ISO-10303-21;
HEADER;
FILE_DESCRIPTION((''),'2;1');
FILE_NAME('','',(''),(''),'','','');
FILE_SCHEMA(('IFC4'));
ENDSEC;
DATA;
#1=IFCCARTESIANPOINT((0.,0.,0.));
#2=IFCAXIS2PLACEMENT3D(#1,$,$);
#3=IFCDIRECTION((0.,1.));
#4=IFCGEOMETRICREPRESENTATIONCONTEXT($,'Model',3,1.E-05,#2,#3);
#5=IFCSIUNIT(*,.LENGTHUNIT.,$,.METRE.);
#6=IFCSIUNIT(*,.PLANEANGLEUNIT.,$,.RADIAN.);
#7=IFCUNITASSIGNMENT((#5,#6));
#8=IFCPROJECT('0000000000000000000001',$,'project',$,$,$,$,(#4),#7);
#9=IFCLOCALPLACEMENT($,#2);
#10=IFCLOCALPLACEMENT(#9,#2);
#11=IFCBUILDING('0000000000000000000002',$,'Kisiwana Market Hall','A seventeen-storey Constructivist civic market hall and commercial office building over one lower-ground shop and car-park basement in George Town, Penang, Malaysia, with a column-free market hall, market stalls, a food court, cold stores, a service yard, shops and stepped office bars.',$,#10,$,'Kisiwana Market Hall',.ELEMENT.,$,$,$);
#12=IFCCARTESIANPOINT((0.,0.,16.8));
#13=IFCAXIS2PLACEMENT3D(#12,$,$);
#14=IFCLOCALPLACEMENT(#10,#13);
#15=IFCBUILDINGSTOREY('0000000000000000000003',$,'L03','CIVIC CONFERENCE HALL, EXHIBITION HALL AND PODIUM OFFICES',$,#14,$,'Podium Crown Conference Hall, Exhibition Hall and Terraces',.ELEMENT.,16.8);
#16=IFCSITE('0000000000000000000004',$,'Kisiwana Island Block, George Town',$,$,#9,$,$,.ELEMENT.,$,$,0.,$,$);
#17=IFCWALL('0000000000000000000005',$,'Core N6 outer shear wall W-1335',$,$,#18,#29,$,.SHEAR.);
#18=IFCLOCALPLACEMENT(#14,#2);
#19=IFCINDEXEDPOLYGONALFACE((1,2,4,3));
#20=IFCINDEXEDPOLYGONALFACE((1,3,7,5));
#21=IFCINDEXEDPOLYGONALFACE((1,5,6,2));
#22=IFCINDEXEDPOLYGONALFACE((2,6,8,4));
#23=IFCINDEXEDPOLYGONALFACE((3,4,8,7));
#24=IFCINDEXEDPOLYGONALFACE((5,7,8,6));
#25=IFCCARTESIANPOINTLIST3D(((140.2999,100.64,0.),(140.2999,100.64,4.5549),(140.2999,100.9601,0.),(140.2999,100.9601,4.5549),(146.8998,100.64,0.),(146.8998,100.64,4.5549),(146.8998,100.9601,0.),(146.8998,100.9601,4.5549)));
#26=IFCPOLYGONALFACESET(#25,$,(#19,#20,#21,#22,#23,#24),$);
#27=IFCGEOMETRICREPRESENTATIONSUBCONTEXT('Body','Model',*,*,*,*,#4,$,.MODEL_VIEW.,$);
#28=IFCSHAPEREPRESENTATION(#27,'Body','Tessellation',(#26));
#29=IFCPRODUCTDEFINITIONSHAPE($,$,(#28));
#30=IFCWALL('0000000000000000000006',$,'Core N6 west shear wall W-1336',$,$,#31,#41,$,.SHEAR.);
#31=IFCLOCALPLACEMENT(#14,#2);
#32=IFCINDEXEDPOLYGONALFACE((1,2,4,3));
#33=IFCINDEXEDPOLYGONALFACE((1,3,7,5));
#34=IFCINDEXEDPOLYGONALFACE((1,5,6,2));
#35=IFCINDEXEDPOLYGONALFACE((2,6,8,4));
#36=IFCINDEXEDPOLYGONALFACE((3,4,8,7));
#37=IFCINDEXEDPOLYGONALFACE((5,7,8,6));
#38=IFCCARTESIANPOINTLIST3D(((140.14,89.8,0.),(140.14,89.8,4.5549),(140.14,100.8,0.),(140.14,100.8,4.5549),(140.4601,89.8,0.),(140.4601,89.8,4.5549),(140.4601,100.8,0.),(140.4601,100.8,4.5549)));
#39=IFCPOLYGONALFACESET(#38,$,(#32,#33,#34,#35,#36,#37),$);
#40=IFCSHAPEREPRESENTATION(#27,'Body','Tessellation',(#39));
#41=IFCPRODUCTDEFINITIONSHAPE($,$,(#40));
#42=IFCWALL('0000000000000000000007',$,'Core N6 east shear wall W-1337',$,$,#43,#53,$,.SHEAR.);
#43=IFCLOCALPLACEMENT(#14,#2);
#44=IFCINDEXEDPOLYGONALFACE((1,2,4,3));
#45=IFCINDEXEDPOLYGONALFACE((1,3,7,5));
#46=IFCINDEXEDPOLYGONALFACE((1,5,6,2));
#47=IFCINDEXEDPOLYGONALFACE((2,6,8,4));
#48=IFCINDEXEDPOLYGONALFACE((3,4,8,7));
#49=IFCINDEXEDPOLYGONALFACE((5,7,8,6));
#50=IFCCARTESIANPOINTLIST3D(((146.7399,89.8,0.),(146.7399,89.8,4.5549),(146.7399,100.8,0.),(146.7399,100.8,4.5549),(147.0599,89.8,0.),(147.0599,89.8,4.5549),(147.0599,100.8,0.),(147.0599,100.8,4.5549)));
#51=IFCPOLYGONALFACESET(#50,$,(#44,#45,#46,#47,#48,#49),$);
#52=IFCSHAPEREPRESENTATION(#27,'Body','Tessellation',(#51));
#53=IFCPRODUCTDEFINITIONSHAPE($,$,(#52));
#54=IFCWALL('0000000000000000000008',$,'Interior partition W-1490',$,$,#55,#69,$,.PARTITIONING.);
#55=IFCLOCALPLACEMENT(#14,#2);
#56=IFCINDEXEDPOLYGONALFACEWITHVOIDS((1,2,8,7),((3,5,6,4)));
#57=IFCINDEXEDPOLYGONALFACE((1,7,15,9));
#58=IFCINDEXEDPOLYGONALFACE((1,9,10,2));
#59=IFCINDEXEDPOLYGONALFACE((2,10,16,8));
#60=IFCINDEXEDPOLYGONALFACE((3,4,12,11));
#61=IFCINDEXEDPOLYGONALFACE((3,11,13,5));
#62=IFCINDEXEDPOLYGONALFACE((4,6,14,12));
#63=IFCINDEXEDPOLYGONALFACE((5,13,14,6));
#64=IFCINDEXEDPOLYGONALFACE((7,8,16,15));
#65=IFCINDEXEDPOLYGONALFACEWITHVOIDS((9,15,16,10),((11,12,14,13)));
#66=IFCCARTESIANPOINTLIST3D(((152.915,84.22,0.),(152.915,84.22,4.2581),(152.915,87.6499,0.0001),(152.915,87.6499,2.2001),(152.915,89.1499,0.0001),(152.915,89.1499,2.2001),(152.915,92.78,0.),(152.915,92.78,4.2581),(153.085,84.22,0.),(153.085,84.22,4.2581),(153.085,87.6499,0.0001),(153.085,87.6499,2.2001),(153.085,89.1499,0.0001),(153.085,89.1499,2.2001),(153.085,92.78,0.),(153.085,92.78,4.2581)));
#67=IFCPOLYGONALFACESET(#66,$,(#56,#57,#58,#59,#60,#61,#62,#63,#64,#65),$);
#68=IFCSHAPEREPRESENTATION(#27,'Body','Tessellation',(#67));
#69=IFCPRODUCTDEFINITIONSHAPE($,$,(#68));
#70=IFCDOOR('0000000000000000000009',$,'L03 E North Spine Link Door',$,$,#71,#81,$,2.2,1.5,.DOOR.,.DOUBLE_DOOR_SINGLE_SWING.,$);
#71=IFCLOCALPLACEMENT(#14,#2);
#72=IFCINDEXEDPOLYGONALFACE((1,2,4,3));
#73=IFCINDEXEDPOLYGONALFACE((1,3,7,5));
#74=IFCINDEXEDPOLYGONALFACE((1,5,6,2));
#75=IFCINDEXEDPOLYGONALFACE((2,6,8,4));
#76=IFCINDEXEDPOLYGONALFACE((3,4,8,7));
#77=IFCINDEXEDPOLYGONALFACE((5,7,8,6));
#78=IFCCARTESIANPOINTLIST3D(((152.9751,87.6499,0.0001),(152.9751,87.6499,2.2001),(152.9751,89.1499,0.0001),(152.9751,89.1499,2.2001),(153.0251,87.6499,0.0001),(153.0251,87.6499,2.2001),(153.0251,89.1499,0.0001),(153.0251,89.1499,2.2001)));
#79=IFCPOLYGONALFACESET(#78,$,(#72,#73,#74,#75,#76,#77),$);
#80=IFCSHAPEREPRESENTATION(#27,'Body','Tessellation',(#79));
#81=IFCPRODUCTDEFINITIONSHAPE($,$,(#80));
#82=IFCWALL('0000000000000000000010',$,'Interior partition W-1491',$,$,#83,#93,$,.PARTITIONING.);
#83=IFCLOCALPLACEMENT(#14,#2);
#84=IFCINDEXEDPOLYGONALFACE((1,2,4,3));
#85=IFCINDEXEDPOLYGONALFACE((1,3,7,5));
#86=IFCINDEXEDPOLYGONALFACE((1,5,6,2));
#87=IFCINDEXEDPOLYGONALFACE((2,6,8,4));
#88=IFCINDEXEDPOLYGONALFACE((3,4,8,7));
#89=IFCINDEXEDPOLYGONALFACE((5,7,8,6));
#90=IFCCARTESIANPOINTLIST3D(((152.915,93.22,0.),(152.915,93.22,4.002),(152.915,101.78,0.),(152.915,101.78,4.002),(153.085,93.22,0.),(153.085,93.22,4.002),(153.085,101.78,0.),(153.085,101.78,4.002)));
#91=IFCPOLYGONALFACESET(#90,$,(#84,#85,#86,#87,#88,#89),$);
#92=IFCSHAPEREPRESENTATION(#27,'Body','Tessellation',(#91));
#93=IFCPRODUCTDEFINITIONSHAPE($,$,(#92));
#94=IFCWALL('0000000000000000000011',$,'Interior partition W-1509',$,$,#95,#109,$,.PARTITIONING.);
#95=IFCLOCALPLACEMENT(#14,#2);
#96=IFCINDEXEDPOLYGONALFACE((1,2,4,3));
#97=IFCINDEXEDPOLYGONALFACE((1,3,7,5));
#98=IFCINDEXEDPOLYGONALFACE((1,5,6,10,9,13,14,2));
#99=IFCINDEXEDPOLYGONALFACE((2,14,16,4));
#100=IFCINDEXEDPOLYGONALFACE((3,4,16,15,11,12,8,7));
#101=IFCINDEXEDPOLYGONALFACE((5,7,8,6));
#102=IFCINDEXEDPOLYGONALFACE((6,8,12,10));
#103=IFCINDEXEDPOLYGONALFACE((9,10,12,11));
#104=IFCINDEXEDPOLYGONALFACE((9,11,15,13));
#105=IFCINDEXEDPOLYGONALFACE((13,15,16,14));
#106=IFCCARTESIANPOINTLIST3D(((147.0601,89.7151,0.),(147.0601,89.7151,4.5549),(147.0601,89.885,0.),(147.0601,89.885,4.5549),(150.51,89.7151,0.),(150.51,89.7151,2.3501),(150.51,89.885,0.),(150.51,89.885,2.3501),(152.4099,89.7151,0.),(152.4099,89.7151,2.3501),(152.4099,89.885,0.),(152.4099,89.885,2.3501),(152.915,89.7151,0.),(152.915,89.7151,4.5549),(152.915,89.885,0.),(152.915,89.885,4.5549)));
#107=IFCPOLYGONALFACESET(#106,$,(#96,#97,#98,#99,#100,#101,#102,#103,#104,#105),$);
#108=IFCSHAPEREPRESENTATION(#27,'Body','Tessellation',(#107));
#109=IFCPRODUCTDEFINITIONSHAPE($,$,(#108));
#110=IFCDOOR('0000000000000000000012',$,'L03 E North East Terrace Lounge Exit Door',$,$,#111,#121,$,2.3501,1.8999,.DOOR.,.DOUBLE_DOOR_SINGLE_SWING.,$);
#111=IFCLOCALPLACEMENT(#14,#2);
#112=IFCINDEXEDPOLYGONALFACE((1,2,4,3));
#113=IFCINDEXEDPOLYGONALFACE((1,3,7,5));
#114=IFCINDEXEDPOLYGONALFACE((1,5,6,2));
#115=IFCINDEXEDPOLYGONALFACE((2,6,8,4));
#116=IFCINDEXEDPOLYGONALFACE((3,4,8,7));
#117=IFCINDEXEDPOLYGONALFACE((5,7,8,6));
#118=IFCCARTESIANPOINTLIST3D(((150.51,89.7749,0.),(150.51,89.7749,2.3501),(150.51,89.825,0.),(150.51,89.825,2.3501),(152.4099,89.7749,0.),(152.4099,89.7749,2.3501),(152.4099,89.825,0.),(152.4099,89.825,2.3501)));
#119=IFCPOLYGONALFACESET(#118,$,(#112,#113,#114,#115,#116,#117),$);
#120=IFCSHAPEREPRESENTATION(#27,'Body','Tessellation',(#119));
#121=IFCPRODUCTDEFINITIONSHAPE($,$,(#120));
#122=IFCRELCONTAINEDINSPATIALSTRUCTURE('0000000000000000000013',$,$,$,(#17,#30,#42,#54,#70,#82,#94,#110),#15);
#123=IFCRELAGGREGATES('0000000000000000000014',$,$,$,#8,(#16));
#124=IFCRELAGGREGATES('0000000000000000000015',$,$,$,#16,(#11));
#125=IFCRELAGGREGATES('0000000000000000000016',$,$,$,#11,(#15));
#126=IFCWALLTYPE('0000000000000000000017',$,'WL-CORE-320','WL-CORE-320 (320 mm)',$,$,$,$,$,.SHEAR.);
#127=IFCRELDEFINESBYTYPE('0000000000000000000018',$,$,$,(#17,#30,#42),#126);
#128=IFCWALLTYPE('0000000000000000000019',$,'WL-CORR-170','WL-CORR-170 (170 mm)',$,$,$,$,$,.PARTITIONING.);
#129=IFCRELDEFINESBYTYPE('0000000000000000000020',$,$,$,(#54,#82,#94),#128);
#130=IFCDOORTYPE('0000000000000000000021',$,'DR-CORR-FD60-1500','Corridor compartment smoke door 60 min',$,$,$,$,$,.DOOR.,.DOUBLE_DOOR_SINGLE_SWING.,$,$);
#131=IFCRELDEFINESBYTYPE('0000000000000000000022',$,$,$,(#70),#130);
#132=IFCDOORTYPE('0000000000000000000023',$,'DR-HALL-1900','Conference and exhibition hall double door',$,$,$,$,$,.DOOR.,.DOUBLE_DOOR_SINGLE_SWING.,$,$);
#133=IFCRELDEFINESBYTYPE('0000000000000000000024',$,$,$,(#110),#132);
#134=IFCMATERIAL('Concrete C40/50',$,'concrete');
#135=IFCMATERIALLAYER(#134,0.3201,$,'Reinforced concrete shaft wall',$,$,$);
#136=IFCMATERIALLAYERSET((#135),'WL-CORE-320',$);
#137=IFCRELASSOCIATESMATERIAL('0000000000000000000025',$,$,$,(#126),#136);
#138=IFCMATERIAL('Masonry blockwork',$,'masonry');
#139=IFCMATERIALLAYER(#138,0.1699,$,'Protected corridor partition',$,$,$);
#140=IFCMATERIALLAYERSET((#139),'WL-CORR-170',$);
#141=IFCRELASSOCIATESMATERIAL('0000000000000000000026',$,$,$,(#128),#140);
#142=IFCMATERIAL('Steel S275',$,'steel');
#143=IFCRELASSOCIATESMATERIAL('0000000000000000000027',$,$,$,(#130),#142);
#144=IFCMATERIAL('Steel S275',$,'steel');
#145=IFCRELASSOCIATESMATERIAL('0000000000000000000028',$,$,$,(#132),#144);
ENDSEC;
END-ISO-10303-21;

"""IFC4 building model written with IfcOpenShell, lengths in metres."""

from ifc_helpers import new_model, si_unit, direction, frame, frame_2d, origin, place, context, subcontext, project, spatial, rectangle, extrude, material, layer, layer_set, type_object, element, fill, save


model = new_model("IFC4")

# Units and contexts
model_context = context("Model", 3, precision=1e-05, world=origin(), true_north=direction((0.0, 1.0)))
body_context = subcontext(model_context, "Body", "Model", "MODEL_VIEW")
ifc_project = project(units=[si_unit("LENGTHUNIT", "METRE"), si_unit("PLANEANGLEUNIT", "RADIAN")], contexts=[model_context])

# Site, building, storey
site_placement = place(None, origin())
site = spatial("IfcSite", under=ifc_project, at=site_placement, Name="Kisiwana Island Block, George Town", CompositionType="ELEMENT", RefElevation=0.0)
building_placement = place(site_placement, origin())
building = spatial("IfcBuilding", under=site, at=building_placement, Name="Kisiwana Market Hall", Description="A seventeen-storey Constructivist civic market hall and commercial office building over one lower-ground shop and car-park basement in George Town, Penang, Malaysia, with a column-free market hall, market stalls, a food court, cold stores, a service yard, shops and stepped office bars.", LongName="Kisiwana Market Hall", CompositionType="ELEMENT")
storey_placement = place(building_placement, frame((0.0, 0.0, 16.8)))
storey = spatial("IfcBuildingStorey", under=building, at=storey_placement, Name="L03", Description="CIVIC CONFERENCE HALL, EXHIBITION HALL AND PODIUM OFFICES", LongName="Podium Crown Conference Hall, Exhibition Hall and Terraces", CompositionType="ELEMENT", Elevation=16.8)

# Shared definitions
ifc_material_1 = material(Name="Concrete C40/50", Category="concrete")
ifc_layer_1 = layer(ifc_material_1, 0.3201, Name="Reinforced concrete shaft wall")
ifc_layer_set_1 = layer_set([ifc_layer_1], Name="WL-CORE-320")
wall_type_1 = type_object("IfcWallType", Name="WL-CORE-320", Description="WL-CORE-320 (320 mm)", PredefinedType="SHEAR", material=ifc_layer_set_1)

# Walls
wall_1_placement = place(storey_placement, frame((140.3, 100.8, 0.0), z_axis=(0.0, 0.0, 1.0), x_axis=(1.0, 0.0, 0.0)))
element("IfcWall", 1, at=wall_1_placement, inside=storey, type_object=wall_type_1, Name="Core N6 outer shear wall W-1335", PredefinedType="SHEAR", context=body_context, shape_type="SweptSolid", body=[
    extrude(rectangle(XDim=6.5999, YDim=0.3201, at=frame_2d((3.2998, 0.0))), origin(), (0.0, 0.0, 1.0), 4.5549),
])
for number, where, z_axis, x_axis, name in (
    (2, (140.3, 89.8, 0.0), (0.0, 0.0, 1.0), (0.0, 1.0, 0.0), "Core N6 west shear wall W-1336"),
    (3, (146.8999, 89.8, 0.0), (0.0, 0.0, 1.0), (0.0, 1.0, 0.0), "Core N6 east shear wall W-1337"),
):
    element("IfcWall", number, at=place(storey_placement, frame(where, z_axis=z_axis, x_axis=x_axis)), inside=storey, type_object=wall_type_1, Name=name, PredefinedType="SHEAR", context=body_context, shape_type="SweptSolid", body=[
        extrude(rectangle(XDim=11.0, YDim=0.3201, at=frame_2d((5.5, 0.0))), origin(), (0.0, 0.0, 1.0), 4.5549),
    ])

# Wall, opening, door
ifc_material_2 = material(Name="Masonry blockwork", Category="masonry")
ifc_layer_2 = layer(ifc_material_2, 0.1699, Name="Protected corridor partition")
ifc_layer_set_2 = layer_set([ifc_layer_2], Name="WL-CORR-170")
wall_type_2 = type_object("IfcWallType", Name="WL-CORR-170", Description="WL-CORR-170 (170 mm)", PredefinedType="PARTITIONING", material=ifc_layer_set_2)
wall_2_placement = place(storey_placement, frame((153.0, 84.22, 0.0), z_axis=(0.0, 0.0, 1.0), x_axis=(0.0, 1.0, 0.0)))
wall_2 = element("IfcWall", 4, at=wall_2_placement, inside=storey, type_object=wall_type_2, Name="Interior partition W-1490", PredefinedType="PARTITIONING", context=body_context, shape_type="SweptSolid", body=[
    extrude(rectangle(XDim=8.5601, YDim=0.1699, at=frame_2d((4.28, 0.0))), origin(), (0.0, 0.0, 1.0), 4.2581),
])
opening_1_placement = place(wall_2_placement, frame((3.4299, 0.0, 0.0)))
opening_1 = element("IfcOpeningElement", 5, at=opening_1_placement, cuts=wall_2, PredefinedType="OPENING", context=body_context, shape_type="SweptSolid", body=[
    extrude(rectangle(XDim=1.5, YDim=2.2, at=frame_2d((0.75, 1.1001))), frame((0.0, 0.0969, 0.0), z_axis=(0.0, -1.0, 0.0), x_axis=(1.0, 0.0, 0.0)), (0.0, 0.0, 1.0), 0.1938),
])
ifc_material_3 = material(Name="Steel S275", Category="steel")
door_type_1 = type_object("IfcDoorType", Name="DR-CORR-FD60-1500", Description="Corridor compartment smoke door 60 min", OperationType="DOUBLE_DOOR_SINGLE_SWING", PredefinedType="DOOR", material=ifc_material_3)
door_1_placement = place(opening_1_placement, origin())
door_1 = element("IfcDoor", 6, at=door_1_placement, inside=storey, type_object=door_type_1, Name="L03 E North Spine Link Door", OperationType="DOUBLE_DOOR_SINGLE_SWING", OverallHeight=2.2, OverallWidth=1.5, PredefinedType="DOOR", context=body_context, shape_type="SweptSolid", body=[
    extrude(rectangle(XDim=1.5, YDim=2.2, at=frame_2d((0.75, 1.1001))), frame((0.0, 0.0249, 0.0), z_axis=(0.0, -1.0, 0.0), x_axis=(1.0, 0.0, 0.0)), (0.0, 0.0, 1.0), 0.05),
])
fill(opening_1, door_1)

# Wall
wall_3_placement = place(storey_placement, frame((153.0, 93.22, 0.0), z_axis=(0.0, 0.0, 1.0), x_axis=(0.0, 1.0, 0.0)))
element("IfcWall", 7, at=wall_3_placement, inside=storey, type_object=wall_type_2, Name="Interior partition W-1491", PredefinedType="PARTITIONING", context=body_context, shape_type="SweptSolid", body=[
    extrude(rectangle(XDim=8.5601, YDim=0.1699, at=frame_2d((4.28, 0.0))), origin(), (0.0, 0.0, 1.0), 4.002),
])

# Wall, opening, door
wall_4_placement = place(storey_placement, frame((147.0601, 89.8, 0.0), z_axis=(0.0, 0.0, 1.0), x_axis=(1.0, 0.0, 0.0)))
wall_4 = element("IfcWall", 8, at=wall_4_placement, inside=storey, type_object=wall_type_2, Name="Interior partition W-1509", PredefinedType="PARTITIONING", context=body_context, shape_type="SweptSolid", body=[
    extrude(rectangle(XDim=5.855, YDim=0.1699, at=frame_2d((2.9275, 0.0))), origin(), (0.0, 0.0, 1.0), 4.5549),
])
opening_2_placement = place(wall_4_placement, frame((3.45, 0.0, 0.0)))
opening_2 = element("IfcOpeningElement", 9, at=opening_2_placement, cuts=wall_4, PredefinedType="OPENING", context=body_context, shape_type="SweptSolid", body=[
    extrude(rectangle(XDim=1.8999, YDim=2.3501, at=frame_2d((0.95, 1.175))), frame((0.0, 0.0969, 0.0), z_axis=(0.0, -1.0, 0.0), x_axis=(1.0, 0.0, 0.0)), (0.0, 0.0, 1.0), 0.1938),
])
ifc_material_4 = material(Name="Steel S275", Category="steel")
door_type_2 = type_object("IfcDoorType", Name="DR-HALL-1900", Description="Conference and exhibition hall double door", OperationType="DOUBLE_DOOR_SINGLE_SWING", PredefinedType="DOOR", material=ifc_material_4)
door_2_placement = place(opening_2_placement, origin())
door_2 = element("IfcDoor", 10, at=door_2_placement, inside=storey, type_object=door_type_2, Name="L03 E North East Terrace Lounge Exit Door", OperationType="DOUBLE_DOOR_SINGLE_SWING", OverallHeight=2.3501, OverallWidth=1.8999, PredefinedType="DOOR", context=body_context, shape_type="SweptSolid", body=[
    extrude(rectangle(XDim=1.8999, YDim=2.3501, at=frame_2d((0.95, 1.175))), frame((0.0, 0.0249, 0.0), z_axis=(0.0, -1.0, 0.0), x_axis=(1.0, 0.0, 0.0)), (0.0, 0.0, 1.0), 0.05),
])
fill(opening_2, door_2)

save(model, "model.ifc")
